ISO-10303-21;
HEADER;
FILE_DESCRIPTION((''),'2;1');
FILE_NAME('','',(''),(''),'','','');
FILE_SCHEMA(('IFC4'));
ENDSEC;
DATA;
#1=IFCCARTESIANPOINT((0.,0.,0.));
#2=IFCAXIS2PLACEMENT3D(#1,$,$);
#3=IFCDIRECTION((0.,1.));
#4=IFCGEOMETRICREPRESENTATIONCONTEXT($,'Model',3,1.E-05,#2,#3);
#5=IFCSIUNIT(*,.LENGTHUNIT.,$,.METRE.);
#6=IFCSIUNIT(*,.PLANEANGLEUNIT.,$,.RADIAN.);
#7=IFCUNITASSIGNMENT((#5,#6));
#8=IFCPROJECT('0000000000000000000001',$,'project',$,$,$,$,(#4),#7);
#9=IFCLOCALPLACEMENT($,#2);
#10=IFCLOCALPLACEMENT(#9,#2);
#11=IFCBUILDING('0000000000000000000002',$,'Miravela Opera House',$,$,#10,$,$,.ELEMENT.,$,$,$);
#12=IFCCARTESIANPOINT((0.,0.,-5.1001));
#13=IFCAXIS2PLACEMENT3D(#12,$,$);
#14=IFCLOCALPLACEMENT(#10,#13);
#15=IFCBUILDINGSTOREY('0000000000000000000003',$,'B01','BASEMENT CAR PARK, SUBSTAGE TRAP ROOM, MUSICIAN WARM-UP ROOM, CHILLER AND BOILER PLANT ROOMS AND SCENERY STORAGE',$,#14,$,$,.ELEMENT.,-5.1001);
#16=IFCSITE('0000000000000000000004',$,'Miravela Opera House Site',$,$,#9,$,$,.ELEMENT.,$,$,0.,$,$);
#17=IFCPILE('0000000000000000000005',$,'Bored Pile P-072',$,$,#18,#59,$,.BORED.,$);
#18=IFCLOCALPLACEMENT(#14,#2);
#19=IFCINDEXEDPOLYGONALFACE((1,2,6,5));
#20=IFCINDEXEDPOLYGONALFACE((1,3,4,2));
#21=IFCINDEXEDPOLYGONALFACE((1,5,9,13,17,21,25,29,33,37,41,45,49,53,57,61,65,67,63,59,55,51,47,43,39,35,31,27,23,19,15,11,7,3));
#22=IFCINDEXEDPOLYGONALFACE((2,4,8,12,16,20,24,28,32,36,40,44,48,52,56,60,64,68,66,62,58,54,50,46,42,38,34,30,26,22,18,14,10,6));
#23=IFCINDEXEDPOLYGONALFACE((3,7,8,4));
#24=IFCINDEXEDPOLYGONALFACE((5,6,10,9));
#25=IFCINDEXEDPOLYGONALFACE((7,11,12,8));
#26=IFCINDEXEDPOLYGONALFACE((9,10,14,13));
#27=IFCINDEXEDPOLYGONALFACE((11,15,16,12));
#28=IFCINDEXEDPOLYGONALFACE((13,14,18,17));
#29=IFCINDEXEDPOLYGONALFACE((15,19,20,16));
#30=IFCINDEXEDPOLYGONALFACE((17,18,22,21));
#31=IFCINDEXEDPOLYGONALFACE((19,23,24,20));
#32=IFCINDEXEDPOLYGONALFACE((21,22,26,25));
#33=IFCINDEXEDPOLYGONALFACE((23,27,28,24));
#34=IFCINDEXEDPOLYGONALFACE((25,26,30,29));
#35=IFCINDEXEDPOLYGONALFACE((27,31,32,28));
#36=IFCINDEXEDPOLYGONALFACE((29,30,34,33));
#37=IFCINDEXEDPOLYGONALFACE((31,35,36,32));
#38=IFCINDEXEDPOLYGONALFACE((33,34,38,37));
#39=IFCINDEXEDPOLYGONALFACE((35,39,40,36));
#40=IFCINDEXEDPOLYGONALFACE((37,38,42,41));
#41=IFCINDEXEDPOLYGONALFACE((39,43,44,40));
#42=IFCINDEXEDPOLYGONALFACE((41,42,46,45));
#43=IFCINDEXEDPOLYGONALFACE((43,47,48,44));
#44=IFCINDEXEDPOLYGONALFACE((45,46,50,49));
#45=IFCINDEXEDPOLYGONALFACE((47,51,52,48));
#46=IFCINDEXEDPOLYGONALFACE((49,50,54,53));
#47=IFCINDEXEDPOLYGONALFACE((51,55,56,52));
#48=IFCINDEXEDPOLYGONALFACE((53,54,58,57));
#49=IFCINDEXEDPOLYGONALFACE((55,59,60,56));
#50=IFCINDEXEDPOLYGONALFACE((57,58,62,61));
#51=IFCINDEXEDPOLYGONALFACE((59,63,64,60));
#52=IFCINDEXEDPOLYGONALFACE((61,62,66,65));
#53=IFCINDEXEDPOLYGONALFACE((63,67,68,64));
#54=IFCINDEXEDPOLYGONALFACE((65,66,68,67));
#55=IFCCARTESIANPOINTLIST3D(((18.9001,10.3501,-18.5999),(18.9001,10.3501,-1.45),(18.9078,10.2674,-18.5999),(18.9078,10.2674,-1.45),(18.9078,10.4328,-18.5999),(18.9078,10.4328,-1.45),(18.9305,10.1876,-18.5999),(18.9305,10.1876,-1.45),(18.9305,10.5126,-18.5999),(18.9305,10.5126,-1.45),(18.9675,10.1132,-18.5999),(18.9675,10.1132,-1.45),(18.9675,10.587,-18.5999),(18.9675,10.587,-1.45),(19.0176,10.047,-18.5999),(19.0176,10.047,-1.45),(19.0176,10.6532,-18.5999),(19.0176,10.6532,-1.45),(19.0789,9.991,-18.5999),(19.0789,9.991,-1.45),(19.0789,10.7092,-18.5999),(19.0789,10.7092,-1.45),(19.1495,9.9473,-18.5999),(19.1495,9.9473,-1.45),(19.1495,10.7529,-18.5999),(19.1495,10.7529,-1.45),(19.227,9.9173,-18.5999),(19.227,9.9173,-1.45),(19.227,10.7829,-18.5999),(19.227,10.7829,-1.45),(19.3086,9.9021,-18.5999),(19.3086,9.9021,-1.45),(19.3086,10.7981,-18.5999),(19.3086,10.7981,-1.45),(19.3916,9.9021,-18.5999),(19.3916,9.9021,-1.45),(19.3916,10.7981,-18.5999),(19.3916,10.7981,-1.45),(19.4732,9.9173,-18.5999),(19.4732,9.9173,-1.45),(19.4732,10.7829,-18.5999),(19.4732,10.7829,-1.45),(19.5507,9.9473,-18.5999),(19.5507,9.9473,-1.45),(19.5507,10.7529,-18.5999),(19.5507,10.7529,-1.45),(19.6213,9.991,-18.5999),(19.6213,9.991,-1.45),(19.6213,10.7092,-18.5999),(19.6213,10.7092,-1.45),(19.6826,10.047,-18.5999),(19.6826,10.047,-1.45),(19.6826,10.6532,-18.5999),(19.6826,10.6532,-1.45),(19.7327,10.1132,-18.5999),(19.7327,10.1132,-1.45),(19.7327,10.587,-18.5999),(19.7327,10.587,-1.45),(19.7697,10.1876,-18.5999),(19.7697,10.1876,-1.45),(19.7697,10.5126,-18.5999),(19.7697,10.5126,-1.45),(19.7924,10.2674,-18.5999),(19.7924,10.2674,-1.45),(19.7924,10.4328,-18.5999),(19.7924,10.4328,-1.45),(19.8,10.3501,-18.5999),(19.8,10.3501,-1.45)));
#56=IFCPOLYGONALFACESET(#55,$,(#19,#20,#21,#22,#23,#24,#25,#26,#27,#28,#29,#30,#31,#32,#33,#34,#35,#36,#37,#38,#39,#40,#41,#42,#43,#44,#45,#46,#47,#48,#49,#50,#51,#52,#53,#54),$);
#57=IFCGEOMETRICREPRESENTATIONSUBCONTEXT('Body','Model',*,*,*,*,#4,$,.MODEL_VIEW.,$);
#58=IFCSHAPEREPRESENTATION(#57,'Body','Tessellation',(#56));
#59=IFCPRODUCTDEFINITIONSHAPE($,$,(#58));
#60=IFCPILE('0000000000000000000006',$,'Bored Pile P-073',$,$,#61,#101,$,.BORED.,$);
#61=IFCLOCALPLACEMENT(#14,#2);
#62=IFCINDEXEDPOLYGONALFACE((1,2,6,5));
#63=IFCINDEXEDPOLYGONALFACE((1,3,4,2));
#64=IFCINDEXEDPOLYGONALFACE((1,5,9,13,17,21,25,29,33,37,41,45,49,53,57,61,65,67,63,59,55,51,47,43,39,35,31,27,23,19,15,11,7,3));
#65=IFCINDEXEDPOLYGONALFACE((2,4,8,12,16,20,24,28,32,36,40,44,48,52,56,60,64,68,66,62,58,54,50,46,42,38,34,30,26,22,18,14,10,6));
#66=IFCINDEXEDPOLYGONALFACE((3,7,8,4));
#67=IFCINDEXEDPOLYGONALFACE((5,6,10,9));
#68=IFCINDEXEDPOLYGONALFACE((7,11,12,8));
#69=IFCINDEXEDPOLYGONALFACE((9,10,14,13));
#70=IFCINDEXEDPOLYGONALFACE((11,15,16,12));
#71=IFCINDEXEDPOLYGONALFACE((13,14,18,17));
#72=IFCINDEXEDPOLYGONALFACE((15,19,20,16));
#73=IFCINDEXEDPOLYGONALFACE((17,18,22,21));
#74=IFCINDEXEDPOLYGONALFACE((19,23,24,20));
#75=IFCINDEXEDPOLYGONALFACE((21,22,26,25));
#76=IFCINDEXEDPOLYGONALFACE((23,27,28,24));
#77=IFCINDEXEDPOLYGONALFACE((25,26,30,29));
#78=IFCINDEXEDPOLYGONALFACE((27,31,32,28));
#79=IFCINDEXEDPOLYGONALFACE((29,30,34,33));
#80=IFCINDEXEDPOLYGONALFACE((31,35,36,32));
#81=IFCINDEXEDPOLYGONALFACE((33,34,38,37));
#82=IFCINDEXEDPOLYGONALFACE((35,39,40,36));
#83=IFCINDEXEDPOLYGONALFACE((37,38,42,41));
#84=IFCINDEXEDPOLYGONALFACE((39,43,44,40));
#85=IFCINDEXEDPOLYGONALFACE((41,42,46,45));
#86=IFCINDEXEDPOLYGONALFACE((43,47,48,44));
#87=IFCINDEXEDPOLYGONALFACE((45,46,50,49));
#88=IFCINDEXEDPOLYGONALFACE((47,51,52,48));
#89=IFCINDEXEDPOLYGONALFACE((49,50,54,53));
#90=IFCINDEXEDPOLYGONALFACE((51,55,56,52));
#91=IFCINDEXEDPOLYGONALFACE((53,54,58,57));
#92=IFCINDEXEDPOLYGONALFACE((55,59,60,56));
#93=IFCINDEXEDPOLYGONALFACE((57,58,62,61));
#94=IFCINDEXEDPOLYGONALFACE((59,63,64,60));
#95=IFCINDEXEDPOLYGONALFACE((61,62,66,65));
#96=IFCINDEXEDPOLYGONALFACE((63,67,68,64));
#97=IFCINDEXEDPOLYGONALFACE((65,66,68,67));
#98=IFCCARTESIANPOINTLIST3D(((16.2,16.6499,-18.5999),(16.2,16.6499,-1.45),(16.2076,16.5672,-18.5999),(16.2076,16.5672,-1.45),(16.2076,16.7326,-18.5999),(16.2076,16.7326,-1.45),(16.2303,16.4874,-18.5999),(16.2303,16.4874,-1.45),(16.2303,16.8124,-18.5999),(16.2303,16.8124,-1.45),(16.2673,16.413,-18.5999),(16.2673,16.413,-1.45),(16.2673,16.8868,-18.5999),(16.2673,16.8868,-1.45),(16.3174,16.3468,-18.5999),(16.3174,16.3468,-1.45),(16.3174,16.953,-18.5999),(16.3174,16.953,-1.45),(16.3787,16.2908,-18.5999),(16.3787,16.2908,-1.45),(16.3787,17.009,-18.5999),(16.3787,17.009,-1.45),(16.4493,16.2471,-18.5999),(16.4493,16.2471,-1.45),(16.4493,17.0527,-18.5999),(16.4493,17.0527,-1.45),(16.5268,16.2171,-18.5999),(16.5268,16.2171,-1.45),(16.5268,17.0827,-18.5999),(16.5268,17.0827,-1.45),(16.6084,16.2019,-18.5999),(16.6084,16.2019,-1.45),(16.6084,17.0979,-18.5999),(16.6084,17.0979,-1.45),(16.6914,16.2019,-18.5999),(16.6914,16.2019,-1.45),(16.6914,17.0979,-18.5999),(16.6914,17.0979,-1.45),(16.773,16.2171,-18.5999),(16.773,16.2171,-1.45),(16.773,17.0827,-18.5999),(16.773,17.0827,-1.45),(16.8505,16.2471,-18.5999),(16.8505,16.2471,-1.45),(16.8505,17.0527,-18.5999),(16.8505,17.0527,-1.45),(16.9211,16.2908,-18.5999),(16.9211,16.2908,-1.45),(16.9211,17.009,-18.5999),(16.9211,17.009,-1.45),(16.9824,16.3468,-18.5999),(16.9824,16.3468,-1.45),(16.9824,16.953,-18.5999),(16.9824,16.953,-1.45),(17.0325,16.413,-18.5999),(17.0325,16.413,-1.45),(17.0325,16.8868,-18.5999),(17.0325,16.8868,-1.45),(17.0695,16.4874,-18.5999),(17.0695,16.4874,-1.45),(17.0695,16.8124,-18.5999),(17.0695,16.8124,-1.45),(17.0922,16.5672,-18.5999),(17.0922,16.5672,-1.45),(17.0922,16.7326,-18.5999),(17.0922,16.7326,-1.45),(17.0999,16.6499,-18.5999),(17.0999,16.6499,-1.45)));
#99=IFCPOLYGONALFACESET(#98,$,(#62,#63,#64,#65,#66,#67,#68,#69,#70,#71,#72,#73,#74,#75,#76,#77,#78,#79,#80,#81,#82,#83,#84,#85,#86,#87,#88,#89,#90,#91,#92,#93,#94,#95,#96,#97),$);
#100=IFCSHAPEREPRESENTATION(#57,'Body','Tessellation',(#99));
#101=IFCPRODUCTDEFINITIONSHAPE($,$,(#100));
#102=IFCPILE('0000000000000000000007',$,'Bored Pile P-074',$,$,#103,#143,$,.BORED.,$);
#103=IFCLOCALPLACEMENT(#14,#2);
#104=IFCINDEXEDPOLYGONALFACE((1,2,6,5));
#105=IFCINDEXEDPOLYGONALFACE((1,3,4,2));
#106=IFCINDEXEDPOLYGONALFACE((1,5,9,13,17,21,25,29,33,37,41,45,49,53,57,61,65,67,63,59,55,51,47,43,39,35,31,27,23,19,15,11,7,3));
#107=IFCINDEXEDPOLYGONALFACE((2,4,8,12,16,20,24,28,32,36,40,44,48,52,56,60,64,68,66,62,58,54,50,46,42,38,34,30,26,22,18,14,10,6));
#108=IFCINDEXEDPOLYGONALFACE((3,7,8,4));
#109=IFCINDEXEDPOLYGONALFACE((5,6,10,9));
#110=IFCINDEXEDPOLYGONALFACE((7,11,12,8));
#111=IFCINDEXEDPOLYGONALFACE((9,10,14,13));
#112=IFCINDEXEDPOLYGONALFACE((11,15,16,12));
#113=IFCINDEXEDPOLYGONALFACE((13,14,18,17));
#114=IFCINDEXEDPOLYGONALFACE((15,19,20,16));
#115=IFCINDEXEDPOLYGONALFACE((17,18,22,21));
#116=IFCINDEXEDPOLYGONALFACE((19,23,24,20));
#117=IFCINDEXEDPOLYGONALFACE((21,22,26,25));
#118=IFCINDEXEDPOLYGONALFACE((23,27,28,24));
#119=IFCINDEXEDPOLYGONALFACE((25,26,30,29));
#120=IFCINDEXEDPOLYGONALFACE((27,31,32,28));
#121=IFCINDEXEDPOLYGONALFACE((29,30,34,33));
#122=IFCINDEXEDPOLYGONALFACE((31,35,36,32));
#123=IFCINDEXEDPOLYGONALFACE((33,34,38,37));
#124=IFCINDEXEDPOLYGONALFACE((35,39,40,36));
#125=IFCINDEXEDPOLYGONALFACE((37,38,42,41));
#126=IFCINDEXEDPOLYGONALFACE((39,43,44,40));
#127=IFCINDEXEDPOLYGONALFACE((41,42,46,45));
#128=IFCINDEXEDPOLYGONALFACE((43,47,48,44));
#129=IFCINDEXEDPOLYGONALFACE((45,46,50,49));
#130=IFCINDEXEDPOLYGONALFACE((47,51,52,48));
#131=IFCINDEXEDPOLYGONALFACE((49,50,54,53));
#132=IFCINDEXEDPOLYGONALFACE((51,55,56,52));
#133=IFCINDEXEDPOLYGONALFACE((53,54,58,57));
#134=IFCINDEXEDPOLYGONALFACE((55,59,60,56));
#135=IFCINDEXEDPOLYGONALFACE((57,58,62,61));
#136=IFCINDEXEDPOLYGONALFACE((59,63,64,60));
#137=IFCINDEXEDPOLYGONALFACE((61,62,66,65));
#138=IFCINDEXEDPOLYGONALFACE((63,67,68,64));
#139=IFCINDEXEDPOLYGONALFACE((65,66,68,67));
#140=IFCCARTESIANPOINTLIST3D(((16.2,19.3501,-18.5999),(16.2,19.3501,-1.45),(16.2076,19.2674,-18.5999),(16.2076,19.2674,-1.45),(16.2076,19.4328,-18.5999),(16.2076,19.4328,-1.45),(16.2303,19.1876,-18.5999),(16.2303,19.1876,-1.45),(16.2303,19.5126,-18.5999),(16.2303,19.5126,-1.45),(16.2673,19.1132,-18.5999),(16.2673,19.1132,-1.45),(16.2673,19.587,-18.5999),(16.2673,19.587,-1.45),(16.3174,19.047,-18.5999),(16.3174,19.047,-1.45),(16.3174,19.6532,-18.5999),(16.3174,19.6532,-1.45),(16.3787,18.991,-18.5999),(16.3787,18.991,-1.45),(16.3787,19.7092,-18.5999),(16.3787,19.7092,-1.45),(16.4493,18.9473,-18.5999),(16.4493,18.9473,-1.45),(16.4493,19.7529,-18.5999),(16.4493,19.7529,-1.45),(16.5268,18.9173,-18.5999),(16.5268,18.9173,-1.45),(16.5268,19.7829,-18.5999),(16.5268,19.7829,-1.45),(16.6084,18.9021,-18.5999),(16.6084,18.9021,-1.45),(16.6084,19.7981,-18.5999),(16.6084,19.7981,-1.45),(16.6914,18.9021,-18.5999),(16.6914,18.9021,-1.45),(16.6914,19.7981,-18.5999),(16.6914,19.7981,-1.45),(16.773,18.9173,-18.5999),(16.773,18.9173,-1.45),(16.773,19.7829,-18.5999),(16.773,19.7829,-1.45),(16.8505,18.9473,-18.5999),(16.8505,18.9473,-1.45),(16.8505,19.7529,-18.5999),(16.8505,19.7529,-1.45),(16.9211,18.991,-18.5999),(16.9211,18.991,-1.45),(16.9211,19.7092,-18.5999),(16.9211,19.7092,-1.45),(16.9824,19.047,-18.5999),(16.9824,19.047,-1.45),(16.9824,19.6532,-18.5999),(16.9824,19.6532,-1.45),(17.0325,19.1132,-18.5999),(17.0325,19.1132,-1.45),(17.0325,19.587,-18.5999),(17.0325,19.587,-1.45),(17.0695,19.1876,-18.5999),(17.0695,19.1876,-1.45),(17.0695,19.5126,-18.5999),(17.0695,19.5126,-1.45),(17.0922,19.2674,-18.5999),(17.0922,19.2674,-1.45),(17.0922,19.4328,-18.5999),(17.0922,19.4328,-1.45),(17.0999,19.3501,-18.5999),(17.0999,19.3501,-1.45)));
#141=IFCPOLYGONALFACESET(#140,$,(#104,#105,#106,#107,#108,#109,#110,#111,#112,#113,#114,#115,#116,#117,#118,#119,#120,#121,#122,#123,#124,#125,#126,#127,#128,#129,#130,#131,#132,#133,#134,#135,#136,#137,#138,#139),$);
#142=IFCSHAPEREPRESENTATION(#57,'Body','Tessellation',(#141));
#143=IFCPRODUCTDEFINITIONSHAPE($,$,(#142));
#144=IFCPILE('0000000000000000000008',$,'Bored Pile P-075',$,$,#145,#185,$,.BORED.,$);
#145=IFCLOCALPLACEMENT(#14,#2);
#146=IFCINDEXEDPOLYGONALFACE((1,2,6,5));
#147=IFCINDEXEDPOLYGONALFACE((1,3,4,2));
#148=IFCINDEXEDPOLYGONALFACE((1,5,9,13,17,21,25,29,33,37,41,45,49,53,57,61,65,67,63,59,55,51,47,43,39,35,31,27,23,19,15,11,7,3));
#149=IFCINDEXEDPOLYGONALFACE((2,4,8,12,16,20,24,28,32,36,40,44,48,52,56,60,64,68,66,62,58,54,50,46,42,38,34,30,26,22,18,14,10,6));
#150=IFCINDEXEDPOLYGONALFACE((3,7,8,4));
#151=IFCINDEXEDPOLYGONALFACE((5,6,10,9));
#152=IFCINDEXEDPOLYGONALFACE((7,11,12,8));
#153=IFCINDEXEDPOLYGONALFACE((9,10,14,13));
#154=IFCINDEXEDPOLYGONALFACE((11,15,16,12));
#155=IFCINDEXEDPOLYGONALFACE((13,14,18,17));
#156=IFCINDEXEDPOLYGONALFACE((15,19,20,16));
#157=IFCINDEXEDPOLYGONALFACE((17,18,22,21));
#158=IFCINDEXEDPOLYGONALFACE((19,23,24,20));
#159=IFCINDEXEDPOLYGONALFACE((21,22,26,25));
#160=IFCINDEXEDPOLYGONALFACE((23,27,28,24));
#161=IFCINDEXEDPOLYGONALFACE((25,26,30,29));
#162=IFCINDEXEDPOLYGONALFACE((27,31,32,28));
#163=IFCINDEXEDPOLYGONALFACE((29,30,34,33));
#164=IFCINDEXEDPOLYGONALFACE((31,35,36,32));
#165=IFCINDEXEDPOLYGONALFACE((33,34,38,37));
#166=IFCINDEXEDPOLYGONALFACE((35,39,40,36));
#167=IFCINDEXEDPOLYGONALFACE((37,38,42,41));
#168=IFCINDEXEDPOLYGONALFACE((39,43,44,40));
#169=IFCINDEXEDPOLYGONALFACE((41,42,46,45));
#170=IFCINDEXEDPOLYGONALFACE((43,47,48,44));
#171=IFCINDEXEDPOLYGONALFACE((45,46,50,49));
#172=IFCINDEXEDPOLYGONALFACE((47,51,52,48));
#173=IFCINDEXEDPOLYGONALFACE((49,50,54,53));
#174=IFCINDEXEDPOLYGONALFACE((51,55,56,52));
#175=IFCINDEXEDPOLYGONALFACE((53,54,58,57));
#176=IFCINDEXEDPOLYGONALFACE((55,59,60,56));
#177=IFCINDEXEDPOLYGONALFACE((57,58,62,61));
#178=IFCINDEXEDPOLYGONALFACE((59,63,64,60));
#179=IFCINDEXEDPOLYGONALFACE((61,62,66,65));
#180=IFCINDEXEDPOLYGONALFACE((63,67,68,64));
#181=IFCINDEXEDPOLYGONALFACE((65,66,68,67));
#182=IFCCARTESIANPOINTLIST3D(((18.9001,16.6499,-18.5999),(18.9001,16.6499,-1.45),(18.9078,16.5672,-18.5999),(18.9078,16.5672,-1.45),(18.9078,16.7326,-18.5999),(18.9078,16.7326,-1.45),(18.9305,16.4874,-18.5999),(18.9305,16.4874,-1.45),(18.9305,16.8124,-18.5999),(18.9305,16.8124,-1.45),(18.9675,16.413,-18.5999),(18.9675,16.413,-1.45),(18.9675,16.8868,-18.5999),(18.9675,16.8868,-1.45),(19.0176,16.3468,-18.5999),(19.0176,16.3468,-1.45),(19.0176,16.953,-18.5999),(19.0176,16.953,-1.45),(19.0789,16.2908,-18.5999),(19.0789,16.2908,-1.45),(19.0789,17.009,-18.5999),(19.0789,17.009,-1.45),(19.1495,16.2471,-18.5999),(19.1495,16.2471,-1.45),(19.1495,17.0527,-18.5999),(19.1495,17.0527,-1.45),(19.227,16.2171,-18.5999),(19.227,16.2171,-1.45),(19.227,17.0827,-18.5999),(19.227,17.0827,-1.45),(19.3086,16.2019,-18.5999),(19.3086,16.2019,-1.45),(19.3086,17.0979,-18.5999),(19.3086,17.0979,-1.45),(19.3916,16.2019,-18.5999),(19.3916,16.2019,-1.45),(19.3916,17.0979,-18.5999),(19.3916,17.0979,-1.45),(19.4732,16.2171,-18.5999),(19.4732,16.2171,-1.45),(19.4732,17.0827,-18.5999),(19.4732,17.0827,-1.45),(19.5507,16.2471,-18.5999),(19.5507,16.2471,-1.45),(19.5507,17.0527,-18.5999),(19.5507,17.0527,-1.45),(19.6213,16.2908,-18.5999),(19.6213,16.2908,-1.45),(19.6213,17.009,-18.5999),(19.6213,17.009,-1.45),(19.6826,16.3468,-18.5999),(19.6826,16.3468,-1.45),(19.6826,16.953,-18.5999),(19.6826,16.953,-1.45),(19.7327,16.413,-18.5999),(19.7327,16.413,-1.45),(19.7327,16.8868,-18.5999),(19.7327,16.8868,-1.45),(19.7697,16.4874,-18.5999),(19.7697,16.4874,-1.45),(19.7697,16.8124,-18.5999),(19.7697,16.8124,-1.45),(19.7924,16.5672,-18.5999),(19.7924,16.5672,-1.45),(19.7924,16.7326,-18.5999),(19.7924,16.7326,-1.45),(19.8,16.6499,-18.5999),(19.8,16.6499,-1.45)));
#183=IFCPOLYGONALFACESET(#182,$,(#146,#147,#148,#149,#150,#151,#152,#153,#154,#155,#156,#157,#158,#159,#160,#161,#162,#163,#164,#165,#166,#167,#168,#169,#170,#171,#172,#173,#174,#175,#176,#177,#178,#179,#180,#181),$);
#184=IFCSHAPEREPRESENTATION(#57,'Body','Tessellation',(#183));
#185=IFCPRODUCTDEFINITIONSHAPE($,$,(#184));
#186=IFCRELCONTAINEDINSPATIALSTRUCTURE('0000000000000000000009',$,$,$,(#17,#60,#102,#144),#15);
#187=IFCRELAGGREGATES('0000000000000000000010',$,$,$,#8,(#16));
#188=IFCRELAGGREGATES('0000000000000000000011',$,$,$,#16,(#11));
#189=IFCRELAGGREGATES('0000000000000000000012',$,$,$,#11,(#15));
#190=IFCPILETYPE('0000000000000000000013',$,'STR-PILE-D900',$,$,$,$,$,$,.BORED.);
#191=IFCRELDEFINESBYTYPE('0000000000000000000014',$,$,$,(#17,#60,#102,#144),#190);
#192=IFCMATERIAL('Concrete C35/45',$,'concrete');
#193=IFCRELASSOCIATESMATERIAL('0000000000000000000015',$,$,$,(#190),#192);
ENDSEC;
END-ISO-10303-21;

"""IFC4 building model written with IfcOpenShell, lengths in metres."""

from ifc_helpers import new_model, si_unit, direction, frame, origin, origin_2d, place, context, subcontext, project, spatial, circle, extrude, material, material_profile, profile_set, type_object, element, save


model = new_model("IFC4")

# Units and contexts
model_context = context("Model", 3, precision=1e-05, world=origin(), true_north=direction((0.0, 1.0)))
body_context = subcontext(model_context, "Body", "Model", "MODEL_VIEW")
ifc_project = project(units=[si_unit("LENGTHUNIT", "METRE"), si_unit("PLANEANGLEUNIT", "RADIAN")], contexts=[model_context])

# Site, building, storey
site_placement = place(None, origin())
site = spatial("IfcSite", under=ifc_project, at=site_placement, Name="Miravela Opera House Site", CompositionType="ELEMENT", RefElevation=0.0)
building_placement = place(site_placement, origin())
building = spatial("IfcBuilding", under=site, at=building_placement, Name="Miravela Opera House", CompositionType="ELEMENT")
storey_placement = place(building_placement, frame((0.0, 0.0, -5.1001)))
storey = spatial("IfcBuildingStorey", under=building, at=storey_placement, Name="B01", Description="BASEMENT CAR PARK, SUBSTAGE TRAP ROOM, MUSICIAN WARM-UP ROOM, CHILLER AND BOILER PLANT ROOMS AND SCENERY STORAGE", CompositionType="ELEMENT", Elevation=-5.1001)

# Shared definitions
ifc_material_1 = material(Name="Concrete C35/45", Category="concrete")

# Piles
ifc_material_profile_1 = material_profile(ifc_material_1, circle(Radius=0.45, at=origin_2d()), Name="PILE-D900")
ifc_profile_set_1 = profile_set([ifc_material_profile_1])
pile_type_1 = type_object("IfcPileType", Name="STR-PILE-D900", PredefinedType="BORED", material=ifc_profile_set_1)
for number, where, z_axis, x_axis, name in (
    (1, (19.3501, 10.3501, -1.45), (0.0, 0.0, -1.0), (1.0, 0.0, 0.0), "Bored Pile P-072"),
    (2, (16.6499, 16.6499, -1.45), (0.0, 0.0, -1.0), (1.0, 0.0, 0.0), "Bored Pile P-073"),
    (3, (16.6499, 19.3501, -1.45), (0.0, 0.0, -1.0), (1.0, 0.0, 0.0), "Bored Pile P-074"),
    (4, (19.3501, 16.6499, -1.45), (0.0, 0.0, -1.0), (1.0, 0.0, 0.0), "Bored Pile P-075"),
):
    element("IfcPile", number, at=place(storey_placement, frame(where, z_axis=z_axis, x_axis=x_axis)), inside=storey, type_object=pile_type_1, Name=name, PredefinedType="BORED", context=body_context, shape_type="SweptSolid", body=[
        extrude(circle(Radius=0.45, at=origin_2d()), origin(), (0.0, 0.0, 1.0), 17.1499),
    ])

save(model, "model.ifc")
